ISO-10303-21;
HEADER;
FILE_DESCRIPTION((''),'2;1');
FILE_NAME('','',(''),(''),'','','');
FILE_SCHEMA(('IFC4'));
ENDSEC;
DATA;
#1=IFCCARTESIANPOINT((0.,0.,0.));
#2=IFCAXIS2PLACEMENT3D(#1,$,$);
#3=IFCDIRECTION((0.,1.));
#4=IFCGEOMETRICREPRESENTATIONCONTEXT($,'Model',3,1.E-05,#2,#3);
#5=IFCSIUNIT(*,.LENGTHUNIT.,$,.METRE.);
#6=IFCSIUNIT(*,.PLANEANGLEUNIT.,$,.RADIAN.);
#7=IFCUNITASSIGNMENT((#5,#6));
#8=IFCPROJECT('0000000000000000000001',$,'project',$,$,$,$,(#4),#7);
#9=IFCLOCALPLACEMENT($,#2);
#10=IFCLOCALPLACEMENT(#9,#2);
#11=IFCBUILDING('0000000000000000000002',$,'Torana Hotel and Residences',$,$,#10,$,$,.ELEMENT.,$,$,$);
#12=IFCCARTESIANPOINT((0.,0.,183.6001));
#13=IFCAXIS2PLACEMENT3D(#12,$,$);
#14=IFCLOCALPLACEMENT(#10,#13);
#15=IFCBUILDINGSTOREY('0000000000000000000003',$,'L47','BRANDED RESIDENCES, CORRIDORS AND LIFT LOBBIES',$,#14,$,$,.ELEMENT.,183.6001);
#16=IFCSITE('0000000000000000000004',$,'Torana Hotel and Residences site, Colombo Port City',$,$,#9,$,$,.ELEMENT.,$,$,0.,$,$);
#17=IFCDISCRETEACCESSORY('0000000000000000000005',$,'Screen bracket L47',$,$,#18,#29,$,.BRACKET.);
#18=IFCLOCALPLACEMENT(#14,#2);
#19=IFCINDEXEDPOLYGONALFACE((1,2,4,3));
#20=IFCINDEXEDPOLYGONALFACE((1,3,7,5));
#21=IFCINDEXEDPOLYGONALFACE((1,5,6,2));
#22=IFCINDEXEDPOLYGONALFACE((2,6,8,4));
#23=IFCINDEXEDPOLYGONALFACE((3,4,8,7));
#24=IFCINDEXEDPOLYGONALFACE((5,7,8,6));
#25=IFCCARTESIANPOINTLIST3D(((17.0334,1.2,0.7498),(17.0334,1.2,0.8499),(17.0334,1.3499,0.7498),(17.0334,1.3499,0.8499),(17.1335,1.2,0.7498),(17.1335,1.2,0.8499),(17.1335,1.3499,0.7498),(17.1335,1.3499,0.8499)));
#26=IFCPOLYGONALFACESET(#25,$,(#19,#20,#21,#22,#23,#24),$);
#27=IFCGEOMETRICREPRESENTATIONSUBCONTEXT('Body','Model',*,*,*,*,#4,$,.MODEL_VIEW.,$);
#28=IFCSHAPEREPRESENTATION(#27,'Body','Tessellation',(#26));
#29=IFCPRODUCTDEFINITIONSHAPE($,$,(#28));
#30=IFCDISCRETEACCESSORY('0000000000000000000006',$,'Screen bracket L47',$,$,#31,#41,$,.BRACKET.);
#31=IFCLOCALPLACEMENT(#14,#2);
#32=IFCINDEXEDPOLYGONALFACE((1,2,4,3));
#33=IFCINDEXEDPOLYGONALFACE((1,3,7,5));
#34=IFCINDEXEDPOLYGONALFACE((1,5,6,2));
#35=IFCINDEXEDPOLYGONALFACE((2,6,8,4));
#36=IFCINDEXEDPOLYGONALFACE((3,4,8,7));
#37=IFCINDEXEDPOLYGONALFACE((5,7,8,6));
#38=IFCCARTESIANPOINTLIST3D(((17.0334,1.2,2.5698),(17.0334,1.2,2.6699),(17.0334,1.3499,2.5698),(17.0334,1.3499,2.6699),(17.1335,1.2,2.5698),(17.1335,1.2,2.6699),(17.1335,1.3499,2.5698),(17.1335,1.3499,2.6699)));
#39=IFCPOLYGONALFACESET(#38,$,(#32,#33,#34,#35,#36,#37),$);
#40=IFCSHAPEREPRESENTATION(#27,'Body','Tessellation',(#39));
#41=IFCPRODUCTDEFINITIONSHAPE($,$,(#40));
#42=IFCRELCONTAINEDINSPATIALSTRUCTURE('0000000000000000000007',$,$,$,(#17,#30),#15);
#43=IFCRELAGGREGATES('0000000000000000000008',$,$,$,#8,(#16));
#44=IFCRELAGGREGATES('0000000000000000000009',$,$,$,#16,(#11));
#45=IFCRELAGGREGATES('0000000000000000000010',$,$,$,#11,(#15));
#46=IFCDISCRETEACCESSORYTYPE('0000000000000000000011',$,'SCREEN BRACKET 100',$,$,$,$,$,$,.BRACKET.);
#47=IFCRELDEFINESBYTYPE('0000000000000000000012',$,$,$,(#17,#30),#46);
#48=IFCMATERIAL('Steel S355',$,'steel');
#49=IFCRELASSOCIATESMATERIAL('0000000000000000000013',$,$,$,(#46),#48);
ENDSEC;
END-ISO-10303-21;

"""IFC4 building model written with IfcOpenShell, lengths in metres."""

from ifc_helpers import new_model, si_unit, direction, frame, origin, origin_2d, place, context, subcontext, project, spatial, rectangle, extrude, material, type_object, element, save


model = new_model("IFC4")

# Units and contexts
model_context = context("Model", 3, precision=1e-05, world=origin(), true_north=direction((0.0, 1.0)))
body_context = subcontext(model_context, "Body", "Model", "MODEL_VIEW")
ifc_project = project(units=[si_unit("LENGTHUNIT", "METRE"), si_unit("PLANEANGLEUNIT", "RADIAN")], contexts=[model_context])

# Site, building, storey
site_placement = place(None, origin())
site = spatial("IfcSite", under=ifc_project, at=site_placement, Name="Torana Hotel and Residences site, Colombo Port City", CompositionType="ELEMENT", RefElevation=0.0)
building_placement = place(site_placement, origin())
building = spatial("IfcBuilding", under=site, at=building_placement, Name="Torana Hotel and Residences", CompositionType="ELEMENT")
storey_placement = place(building_placement, frame((0.0, 0.0, 183.6001)))
storey = spatial("IfcBuildingStorey", under=building, at=storey_placement, Name="L47", Description="BRANDED RESIDENCES, CORRIDORS AND LIFT LOBBIES", CompositionType="ELEMENT", Elevation=183.6001)

# Discrete accessories
ifc_material_1 = material(Name="Steel S355", Category="steel")
discrete_accessory_type = type_object("IfcDiscreteAccessoryType", Name="SCREEN BRACKET 100", PredefinedType="BRACKET", material=ifc_material_1)
for number, where, z_axis, x_axis, name in (
    (1, (17.0835, 1.2749, 0.7498), (0.0, 0.0, 1.0), (-1.0, 0.0, 0.0), "Screen bracket L47"),
    (2, (17.0835, 1.2749, 2.5698), (0.0, 0.0, 1.0), (-1.0, 0.0, 0.0), "Screen bracket L47"),
):
    element("IfcDiscreteAccessory", number, at=place(storey_placement, frame(where, z_axis=z_axis, x_axis=x_axis)), inside=storey, type_object=discrete_accessory_type, Name=name, PredefinedType="BRACKET", context=body_context, shape_type="SweptSolid", body=[
        extrude(rectangle(XDim=0.1001, YDim=0.1499, at=origin_2d()), origin(), (0.0, 0.0, 1.0), 0.1001),
    ])

save(model, "model.ifc")
